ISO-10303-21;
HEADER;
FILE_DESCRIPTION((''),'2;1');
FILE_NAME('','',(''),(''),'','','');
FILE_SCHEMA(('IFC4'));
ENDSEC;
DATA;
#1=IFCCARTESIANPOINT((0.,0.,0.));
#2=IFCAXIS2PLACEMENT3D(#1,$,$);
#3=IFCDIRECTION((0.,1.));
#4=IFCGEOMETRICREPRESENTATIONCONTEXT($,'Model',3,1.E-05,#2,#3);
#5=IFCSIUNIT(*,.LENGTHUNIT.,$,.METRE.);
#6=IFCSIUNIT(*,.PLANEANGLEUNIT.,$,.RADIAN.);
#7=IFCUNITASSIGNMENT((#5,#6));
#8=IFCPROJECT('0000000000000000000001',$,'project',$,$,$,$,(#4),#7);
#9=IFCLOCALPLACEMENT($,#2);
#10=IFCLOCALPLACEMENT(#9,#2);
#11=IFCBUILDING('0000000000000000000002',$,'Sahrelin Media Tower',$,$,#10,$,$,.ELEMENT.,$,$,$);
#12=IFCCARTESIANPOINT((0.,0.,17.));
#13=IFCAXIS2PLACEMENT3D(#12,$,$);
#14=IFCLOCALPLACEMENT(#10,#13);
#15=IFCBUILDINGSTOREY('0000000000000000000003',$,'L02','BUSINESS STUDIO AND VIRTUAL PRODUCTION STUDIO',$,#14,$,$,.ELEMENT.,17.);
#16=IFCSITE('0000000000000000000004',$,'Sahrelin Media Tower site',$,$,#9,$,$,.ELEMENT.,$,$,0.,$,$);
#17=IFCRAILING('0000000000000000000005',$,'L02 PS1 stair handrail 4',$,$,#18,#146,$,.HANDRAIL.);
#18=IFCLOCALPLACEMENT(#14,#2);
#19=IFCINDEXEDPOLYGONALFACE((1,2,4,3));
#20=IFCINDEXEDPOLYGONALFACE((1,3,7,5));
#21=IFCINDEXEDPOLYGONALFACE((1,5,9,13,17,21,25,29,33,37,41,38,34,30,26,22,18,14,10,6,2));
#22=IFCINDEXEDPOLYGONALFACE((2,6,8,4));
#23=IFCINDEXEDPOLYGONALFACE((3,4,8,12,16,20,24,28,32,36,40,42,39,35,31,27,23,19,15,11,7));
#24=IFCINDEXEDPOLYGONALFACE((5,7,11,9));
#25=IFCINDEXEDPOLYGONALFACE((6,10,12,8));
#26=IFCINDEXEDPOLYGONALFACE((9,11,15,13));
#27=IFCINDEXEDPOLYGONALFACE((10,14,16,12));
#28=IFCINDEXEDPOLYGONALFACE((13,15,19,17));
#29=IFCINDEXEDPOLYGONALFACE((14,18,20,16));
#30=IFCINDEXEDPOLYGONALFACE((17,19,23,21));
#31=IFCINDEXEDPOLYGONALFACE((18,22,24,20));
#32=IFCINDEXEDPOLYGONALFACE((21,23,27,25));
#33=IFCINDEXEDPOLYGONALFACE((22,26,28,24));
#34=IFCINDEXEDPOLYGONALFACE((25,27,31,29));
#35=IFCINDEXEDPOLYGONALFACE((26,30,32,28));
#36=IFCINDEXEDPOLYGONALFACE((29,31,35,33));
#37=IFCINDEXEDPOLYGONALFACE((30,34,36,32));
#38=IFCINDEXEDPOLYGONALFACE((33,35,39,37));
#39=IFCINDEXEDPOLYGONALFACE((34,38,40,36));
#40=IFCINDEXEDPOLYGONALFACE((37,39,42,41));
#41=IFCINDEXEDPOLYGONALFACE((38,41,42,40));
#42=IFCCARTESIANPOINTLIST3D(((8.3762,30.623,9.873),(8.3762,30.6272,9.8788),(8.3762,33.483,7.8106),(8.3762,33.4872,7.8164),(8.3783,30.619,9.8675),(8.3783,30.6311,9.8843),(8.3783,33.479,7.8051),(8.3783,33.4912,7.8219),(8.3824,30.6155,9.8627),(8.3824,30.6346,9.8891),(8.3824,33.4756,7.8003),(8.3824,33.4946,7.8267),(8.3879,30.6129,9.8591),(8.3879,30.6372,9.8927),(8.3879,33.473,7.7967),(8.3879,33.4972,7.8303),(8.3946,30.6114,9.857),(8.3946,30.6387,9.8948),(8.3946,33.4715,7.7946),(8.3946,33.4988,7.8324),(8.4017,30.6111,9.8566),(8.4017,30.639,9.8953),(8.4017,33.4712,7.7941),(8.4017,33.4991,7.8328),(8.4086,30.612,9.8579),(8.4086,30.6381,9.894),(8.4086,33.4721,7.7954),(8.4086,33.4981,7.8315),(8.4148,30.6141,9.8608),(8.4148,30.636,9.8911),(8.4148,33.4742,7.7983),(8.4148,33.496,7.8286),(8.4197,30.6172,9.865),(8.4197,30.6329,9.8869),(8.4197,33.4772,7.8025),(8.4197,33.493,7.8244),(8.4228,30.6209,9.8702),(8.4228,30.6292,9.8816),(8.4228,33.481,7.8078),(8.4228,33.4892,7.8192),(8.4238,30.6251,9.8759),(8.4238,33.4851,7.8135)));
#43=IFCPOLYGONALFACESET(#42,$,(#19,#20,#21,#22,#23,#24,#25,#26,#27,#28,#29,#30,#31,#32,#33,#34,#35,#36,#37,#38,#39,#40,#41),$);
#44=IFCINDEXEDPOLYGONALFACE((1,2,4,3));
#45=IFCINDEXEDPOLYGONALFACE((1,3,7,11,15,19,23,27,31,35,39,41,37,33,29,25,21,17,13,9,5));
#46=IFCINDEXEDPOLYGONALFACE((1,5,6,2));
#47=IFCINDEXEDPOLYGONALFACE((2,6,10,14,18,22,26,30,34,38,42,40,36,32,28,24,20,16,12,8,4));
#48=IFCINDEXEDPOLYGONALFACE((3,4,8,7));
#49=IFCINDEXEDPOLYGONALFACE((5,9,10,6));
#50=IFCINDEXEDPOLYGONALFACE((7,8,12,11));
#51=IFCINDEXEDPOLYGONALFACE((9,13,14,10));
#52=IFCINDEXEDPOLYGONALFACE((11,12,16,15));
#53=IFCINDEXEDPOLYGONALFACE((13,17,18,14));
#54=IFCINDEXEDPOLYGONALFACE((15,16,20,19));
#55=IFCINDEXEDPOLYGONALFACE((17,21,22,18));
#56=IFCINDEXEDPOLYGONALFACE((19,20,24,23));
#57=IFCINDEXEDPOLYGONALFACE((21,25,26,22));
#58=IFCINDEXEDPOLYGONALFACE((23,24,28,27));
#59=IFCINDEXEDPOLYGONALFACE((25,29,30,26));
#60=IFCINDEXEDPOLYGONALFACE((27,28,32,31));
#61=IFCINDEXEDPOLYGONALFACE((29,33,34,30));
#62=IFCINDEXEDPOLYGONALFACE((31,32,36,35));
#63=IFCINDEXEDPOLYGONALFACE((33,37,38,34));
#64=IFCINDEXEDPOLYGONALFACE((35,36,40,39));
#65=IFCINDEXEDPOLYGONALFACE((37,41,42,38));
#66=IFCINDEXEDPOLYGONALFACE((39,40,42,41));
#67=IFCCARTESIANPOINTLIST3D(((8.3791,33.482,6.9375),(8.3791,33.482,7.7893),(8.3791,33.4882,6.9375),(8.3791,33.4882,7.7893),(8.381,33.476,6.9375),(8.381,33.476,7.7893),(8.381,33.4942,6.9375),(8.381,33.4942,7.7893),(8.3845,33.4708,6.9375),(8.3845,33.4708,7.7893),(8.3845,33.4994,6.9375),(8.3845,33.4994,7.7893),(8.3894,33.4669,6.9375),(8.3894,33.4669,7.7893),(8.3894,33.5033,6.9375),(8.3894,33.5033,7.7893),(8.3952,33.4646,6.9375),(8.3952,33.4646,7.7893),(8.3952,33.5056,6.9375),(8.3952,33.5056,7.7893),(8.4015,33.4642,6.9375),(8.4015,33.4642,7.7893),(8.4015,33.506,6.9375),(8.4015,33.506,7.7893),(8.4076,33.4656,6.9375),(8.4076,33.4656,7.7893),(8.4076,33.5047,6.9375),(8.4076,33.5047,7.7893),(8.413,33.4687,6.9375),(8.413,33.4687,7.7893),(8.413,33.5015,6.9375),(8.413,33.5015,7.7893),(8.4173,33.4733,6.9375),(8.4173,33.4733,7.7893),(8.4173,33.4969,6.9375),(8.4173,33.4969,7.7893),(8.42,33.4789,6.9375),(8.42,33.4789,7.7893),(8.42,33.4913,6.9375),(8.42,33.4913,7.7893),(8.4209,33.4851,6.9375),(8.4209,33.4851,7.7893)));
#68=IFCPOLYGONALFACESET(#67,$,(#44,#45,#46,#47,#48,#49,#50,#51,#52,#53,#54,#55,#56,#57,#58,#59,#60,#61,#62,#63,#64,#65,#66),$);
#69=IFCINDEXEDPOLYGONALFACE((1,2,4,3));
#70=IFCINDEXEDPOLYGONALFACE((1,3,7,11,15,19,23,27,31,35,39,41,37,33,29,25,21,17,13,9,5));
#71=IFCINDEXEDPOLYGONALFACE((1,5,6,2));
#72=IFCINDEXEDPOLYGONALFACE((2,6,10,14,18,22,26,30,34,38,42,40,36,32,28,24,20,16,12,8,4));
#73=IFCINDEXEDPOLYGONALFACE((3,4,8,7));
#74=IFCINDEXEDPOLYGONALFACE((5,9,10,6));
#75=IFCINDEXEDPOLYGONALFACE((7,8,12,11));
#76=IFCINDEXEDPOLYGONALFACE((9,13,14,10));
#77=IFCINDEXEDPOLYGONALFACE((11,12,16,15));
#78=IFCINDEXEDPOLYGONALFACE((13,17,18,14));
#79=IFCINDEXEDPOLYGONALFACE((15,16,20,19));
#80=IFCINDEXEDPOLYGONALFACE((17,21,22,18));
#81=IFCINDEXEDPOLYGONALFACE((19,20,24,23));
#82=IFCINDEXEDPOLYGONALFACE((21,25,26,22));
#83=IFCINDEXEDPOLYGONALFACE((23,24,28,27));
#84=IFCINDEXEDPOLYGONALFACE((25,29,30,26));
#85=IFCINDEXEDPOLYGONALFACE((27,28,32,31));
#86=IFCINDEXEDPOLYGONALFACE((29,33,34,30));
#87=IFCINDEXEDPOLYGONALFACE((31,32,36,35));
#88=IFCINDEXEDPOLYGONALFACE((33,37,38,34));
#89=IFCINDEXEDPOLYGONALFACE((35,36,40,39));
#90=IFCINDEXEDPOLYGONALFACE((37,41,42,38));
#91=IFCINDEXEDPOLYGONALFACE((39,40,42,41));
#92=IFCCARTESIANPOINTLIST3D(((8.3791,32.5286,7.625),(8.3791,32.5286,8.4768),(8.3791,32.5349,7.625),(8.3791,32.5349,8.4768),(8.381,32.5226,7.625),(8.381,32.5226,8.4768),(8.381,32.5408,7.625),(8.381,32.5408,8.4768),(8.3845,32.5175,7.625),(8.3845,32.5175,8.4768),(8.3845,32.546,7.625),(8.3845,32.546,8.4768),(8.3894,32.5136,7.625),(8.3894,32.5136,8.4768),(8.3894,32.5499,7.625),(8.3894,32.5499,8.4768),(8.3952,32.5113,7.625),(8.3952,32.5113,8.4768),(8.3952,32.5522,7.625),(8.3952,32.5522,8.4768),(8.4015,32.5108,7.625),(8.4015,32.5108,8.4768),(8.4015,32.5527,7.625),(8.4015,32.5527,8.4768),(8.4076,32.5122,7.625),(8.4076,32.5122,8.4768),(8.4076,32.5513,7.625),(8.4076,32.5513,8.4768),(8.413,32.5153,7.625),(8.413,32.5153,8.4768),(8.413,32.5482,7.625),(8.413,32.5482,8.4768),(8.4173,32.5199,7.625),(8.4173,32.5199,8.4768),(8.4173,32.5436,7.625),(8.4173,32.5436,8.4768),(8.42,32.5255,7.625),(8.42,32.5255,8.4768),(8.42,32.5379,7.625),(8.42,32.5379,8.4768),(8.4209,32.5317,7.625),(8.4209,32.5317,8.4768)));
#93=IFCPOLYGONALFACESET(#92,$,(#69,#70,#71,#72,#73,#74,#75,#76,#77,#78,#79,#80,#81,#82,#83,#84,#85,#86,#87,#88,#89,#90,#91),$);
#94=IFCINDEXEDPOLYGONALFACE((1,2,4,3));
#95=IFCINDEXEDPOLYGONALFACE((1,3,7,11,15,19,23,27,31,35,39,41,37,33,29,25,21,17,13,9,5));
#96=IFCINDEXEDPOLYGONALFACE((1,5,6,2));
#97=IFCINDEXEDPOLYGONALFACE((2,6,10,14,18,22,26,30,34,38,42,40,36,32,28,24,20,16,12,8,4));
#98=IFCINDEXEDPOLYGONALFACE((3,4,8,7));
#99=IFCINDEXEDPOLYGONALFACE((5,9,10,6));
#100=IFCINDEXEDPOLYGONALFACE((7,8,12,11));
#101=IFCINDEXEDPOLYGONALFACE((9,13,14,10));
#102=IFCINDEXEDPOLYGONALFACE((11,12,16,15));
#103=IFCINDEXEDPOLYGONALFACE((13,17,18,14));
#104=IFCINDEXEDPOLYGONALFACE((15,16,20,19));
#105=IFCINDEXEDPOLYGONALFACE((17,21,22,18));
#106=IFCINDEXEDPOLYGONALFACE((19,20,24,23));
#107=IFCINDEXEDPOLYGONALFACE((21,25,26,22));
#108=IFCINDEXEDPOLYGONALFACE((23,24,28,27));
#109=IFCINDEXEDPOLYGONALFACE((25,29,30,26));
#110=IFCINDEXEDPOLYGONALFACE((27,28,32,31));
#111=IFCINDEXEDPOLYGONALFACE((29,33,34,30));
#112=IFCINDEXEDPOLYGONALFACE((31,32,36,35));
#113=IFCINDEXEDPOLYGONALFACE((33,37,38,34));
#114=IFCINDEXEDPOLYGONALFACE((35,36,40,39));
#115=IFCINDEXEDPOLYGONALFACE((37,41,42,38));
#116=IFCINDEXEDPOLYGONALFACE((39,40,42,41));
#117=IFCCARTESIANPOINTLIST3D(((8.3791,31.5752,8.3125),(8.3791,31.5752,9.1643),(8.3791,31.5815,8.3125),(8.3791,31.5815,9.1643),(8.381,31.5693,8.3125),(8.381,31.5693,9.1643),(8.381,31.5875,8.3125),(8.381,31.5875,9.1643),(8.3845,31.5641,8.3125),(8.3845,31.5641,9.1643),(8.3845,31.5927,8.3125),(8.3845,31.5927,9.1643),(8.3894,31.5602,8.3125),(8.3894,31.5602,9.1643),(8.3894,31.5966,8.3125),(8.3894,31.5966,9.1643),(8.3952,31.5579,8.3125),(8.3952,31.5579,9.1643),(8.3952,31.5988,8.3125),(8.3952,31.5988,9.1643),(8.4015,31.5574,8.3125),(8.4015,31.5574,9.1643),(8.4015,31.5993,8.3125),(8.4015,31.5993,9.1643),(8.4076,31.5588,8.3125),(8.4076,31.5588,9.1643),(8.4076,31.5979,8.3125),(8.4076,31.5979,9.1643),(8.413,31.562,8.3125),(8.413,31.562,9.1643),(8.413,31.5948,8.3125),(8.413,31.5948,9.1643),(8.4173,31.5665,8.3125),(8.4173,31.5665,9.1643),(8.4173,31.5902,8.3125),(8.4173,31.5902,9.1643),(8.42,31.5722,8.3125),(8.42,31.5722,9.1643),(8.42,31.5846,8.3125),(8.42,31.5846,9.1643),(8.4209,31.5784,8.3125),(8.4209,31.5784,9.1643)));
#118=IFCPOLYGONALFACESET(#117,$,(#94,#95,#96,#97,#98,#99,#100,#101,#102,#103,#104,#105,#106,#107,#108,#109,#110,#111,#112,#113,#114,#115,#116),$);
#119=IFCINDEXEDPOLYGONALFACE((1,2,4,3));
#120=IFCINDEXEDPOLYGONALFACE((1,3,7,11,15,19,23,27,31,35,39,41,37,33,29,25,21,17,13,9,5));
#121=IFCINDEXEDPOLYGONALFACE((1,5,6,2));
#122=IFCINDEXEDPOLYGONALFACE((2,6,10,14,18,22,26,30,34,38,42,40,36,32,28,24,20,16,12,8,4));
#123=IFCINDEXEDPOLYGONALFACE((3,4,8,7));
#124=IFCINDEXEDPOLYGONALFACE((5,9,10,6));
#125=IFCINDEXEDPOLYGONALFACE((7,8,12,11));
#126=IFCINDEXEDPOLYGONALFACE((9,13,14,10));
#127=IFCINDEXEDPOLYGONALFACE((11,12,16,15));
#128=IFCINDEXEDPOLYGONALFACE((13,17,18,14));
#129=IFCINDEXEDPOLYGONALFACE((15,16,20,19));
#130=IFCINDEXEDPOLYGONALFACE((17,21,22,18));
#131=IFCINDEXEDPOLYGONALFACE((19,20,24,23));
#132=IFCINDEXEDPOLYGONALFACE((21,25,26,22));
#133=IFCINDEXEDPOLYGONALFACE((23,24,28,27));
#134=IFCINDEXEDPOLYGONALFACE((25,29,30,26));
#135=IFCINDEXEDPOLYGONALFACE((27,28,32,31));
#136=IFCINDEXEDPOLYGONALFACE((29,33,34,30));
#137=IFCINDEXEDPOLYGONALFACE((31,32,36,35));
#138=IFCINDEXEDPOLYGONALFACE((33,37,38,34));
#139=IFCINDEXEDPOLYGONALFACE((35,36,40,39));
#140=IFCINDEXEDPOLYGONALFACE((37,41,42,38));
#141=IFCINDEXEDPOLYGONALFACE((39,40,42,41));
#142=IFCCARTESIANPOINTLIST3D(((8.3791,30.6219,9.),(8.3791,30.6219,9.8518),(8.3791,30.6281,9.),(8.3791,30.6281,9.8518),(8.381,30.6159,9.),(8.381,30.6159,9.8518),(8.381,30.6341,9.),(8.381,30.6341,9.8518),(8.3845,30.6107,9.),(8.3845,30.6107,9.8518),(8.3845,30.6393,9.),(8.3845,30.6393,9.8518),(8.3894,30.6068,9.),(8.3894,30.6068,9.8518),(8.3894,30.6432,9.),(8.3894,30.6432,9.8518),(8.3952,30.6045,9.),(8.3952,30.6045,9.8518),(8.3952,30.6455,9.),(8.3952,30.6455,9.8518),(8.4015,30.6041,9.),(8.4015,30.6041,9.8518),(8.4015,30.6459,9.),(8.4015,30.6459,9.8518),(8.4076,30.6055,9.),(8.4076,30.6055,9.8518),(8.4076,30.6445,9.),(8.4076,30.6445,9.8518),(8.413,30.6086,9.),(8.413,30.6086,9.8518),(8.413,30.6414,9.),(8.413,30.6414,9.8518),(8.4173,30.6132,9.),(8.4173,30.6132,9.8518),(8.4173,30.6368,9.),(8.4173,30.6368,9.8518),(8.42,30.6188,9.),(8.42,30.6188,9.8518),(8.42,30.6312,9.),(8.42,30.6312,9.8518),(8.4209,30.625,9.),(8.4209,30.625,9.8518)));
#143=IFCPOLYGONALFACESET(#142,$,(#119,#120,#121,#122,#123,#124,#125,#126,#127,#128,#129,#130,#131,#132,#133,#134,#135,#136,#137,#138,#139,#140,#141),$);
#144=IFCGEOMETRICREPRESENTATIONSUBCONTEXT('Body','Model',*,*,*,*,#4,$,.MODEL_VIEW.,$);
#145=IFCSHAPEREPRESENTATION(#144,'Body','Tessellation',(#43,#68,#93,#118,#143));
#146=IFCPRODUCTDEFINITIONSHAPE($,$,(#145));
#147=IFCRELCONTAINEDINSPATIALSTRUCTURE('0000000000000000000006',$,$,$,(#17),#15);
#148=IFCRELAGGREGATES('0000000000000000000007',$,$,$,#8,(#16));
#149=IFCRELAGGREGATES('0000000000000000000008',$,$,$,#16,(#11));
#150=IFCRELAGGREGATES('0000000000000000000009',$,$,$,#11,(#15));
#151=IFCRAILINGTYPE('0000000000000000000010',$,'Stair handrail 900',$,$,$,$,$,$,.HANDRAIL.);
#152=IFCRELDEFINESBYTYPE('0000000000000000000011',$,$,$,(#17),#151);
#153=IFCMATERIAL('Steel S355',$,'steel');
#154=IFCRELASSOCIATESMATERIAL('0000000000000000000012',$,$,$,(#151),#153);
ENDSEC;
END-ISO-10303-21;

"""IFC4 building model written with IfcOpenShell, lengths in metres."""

from ifc_helpers import new_model, si_unit, direction, frame, origin, origin_2d, place, context, subcontext, project, spatial, circle, extrude, material, type_object, element, save


model = new_model("IFC4")

# Units and contexts
model_context = context("Model", 3, precision=1e-05, world=origin(), true_north=direction((0.0, 1.0)))
body_context = subcontext(model_context, "Body", "Model", "MODEL_VIEW")
ifc_project = project(units=[si_unit("LENGTHUNIT", "METRE"), si_unit("PLANEANGLEUNIT", "RADIAN")], contexts=[model_context])

# Site, building, storey
site_placement = place(None, origin())
site = spatial("IfcSite", under=ifc_project, at=site_placement, Name="Sahrelin Media Tower site", CompositionType="ELEMENT", RefElevation=0.0)
building_placement = place(site_placement, origin())
building = spatial("IfcBuilding", under=site, at=building_placement, Name="Sahrelin Media Tower", CompositionType="ELEMENT")
storey_placement = place(building_placement, frame((0.0, 0.0, 17.0)))
storey = spatial("IfcBuildingStorey", under=building, at=storey_placement, Name="L02", Description="BUSINESS STUDIO AND VIRTUAL PRODUCTION STUDIO", CompositionType="ELEMENT", Elevation=17.0)

# Shared definitions
ifc_material_1 = material(Name="Steel S355", Category="steel")

# Railing
railing_type_1 = type_object("IfcRailingType", Name="Stair handrail 900", PredefinedType="HANDRAIL", material=ifc_material_1)
for number, where, name in (
    (1, (8.3999, 33.4851, 6.9375), "L02 PS1 stair handrail 4"),
):
    element("IfcRailing", number, at=place(storey_placement, frame(where)), inside=storey, type_object=railing_type_1, Name=name, PredefinedType="HANDRAIL", context=body_context, shape_type="SweptSolid", body=[
        extrude(circle(Radius=0.0239, at=origin_2d()), frame((0.0, 0.0, 0.876), z_axis=(0.0, -0.811101, 0.584906), x_axis=(1.0, 0.0, 0.0)), (0.0, 0.0, 1.0), 3.5261),
        extrude(circle(Radius=0.021, at=origin_2d()), origin(), (0.0, 0.0, 1.0), 0.8518),
        extrude(circle(Radius=0.021, at=origin_2d()), frame((0.0, -0.9534, 0.6875)), (0.0, 0.0, 1.0), 0.8518),
        extrude(circle(Radius=0.021, at=origin_2d()), frame((0.0, -1.9067, 1.375)), (0.0, 0.0, 1.0), 0.8518),
        extrude(circle(Radius=0.021, at=origin_2d()), frame((0.0, -2.8601, 2.0625)), (0.0, 0.0, 1.0), 0.8518),
    ])

save(model, "model.ifc")
